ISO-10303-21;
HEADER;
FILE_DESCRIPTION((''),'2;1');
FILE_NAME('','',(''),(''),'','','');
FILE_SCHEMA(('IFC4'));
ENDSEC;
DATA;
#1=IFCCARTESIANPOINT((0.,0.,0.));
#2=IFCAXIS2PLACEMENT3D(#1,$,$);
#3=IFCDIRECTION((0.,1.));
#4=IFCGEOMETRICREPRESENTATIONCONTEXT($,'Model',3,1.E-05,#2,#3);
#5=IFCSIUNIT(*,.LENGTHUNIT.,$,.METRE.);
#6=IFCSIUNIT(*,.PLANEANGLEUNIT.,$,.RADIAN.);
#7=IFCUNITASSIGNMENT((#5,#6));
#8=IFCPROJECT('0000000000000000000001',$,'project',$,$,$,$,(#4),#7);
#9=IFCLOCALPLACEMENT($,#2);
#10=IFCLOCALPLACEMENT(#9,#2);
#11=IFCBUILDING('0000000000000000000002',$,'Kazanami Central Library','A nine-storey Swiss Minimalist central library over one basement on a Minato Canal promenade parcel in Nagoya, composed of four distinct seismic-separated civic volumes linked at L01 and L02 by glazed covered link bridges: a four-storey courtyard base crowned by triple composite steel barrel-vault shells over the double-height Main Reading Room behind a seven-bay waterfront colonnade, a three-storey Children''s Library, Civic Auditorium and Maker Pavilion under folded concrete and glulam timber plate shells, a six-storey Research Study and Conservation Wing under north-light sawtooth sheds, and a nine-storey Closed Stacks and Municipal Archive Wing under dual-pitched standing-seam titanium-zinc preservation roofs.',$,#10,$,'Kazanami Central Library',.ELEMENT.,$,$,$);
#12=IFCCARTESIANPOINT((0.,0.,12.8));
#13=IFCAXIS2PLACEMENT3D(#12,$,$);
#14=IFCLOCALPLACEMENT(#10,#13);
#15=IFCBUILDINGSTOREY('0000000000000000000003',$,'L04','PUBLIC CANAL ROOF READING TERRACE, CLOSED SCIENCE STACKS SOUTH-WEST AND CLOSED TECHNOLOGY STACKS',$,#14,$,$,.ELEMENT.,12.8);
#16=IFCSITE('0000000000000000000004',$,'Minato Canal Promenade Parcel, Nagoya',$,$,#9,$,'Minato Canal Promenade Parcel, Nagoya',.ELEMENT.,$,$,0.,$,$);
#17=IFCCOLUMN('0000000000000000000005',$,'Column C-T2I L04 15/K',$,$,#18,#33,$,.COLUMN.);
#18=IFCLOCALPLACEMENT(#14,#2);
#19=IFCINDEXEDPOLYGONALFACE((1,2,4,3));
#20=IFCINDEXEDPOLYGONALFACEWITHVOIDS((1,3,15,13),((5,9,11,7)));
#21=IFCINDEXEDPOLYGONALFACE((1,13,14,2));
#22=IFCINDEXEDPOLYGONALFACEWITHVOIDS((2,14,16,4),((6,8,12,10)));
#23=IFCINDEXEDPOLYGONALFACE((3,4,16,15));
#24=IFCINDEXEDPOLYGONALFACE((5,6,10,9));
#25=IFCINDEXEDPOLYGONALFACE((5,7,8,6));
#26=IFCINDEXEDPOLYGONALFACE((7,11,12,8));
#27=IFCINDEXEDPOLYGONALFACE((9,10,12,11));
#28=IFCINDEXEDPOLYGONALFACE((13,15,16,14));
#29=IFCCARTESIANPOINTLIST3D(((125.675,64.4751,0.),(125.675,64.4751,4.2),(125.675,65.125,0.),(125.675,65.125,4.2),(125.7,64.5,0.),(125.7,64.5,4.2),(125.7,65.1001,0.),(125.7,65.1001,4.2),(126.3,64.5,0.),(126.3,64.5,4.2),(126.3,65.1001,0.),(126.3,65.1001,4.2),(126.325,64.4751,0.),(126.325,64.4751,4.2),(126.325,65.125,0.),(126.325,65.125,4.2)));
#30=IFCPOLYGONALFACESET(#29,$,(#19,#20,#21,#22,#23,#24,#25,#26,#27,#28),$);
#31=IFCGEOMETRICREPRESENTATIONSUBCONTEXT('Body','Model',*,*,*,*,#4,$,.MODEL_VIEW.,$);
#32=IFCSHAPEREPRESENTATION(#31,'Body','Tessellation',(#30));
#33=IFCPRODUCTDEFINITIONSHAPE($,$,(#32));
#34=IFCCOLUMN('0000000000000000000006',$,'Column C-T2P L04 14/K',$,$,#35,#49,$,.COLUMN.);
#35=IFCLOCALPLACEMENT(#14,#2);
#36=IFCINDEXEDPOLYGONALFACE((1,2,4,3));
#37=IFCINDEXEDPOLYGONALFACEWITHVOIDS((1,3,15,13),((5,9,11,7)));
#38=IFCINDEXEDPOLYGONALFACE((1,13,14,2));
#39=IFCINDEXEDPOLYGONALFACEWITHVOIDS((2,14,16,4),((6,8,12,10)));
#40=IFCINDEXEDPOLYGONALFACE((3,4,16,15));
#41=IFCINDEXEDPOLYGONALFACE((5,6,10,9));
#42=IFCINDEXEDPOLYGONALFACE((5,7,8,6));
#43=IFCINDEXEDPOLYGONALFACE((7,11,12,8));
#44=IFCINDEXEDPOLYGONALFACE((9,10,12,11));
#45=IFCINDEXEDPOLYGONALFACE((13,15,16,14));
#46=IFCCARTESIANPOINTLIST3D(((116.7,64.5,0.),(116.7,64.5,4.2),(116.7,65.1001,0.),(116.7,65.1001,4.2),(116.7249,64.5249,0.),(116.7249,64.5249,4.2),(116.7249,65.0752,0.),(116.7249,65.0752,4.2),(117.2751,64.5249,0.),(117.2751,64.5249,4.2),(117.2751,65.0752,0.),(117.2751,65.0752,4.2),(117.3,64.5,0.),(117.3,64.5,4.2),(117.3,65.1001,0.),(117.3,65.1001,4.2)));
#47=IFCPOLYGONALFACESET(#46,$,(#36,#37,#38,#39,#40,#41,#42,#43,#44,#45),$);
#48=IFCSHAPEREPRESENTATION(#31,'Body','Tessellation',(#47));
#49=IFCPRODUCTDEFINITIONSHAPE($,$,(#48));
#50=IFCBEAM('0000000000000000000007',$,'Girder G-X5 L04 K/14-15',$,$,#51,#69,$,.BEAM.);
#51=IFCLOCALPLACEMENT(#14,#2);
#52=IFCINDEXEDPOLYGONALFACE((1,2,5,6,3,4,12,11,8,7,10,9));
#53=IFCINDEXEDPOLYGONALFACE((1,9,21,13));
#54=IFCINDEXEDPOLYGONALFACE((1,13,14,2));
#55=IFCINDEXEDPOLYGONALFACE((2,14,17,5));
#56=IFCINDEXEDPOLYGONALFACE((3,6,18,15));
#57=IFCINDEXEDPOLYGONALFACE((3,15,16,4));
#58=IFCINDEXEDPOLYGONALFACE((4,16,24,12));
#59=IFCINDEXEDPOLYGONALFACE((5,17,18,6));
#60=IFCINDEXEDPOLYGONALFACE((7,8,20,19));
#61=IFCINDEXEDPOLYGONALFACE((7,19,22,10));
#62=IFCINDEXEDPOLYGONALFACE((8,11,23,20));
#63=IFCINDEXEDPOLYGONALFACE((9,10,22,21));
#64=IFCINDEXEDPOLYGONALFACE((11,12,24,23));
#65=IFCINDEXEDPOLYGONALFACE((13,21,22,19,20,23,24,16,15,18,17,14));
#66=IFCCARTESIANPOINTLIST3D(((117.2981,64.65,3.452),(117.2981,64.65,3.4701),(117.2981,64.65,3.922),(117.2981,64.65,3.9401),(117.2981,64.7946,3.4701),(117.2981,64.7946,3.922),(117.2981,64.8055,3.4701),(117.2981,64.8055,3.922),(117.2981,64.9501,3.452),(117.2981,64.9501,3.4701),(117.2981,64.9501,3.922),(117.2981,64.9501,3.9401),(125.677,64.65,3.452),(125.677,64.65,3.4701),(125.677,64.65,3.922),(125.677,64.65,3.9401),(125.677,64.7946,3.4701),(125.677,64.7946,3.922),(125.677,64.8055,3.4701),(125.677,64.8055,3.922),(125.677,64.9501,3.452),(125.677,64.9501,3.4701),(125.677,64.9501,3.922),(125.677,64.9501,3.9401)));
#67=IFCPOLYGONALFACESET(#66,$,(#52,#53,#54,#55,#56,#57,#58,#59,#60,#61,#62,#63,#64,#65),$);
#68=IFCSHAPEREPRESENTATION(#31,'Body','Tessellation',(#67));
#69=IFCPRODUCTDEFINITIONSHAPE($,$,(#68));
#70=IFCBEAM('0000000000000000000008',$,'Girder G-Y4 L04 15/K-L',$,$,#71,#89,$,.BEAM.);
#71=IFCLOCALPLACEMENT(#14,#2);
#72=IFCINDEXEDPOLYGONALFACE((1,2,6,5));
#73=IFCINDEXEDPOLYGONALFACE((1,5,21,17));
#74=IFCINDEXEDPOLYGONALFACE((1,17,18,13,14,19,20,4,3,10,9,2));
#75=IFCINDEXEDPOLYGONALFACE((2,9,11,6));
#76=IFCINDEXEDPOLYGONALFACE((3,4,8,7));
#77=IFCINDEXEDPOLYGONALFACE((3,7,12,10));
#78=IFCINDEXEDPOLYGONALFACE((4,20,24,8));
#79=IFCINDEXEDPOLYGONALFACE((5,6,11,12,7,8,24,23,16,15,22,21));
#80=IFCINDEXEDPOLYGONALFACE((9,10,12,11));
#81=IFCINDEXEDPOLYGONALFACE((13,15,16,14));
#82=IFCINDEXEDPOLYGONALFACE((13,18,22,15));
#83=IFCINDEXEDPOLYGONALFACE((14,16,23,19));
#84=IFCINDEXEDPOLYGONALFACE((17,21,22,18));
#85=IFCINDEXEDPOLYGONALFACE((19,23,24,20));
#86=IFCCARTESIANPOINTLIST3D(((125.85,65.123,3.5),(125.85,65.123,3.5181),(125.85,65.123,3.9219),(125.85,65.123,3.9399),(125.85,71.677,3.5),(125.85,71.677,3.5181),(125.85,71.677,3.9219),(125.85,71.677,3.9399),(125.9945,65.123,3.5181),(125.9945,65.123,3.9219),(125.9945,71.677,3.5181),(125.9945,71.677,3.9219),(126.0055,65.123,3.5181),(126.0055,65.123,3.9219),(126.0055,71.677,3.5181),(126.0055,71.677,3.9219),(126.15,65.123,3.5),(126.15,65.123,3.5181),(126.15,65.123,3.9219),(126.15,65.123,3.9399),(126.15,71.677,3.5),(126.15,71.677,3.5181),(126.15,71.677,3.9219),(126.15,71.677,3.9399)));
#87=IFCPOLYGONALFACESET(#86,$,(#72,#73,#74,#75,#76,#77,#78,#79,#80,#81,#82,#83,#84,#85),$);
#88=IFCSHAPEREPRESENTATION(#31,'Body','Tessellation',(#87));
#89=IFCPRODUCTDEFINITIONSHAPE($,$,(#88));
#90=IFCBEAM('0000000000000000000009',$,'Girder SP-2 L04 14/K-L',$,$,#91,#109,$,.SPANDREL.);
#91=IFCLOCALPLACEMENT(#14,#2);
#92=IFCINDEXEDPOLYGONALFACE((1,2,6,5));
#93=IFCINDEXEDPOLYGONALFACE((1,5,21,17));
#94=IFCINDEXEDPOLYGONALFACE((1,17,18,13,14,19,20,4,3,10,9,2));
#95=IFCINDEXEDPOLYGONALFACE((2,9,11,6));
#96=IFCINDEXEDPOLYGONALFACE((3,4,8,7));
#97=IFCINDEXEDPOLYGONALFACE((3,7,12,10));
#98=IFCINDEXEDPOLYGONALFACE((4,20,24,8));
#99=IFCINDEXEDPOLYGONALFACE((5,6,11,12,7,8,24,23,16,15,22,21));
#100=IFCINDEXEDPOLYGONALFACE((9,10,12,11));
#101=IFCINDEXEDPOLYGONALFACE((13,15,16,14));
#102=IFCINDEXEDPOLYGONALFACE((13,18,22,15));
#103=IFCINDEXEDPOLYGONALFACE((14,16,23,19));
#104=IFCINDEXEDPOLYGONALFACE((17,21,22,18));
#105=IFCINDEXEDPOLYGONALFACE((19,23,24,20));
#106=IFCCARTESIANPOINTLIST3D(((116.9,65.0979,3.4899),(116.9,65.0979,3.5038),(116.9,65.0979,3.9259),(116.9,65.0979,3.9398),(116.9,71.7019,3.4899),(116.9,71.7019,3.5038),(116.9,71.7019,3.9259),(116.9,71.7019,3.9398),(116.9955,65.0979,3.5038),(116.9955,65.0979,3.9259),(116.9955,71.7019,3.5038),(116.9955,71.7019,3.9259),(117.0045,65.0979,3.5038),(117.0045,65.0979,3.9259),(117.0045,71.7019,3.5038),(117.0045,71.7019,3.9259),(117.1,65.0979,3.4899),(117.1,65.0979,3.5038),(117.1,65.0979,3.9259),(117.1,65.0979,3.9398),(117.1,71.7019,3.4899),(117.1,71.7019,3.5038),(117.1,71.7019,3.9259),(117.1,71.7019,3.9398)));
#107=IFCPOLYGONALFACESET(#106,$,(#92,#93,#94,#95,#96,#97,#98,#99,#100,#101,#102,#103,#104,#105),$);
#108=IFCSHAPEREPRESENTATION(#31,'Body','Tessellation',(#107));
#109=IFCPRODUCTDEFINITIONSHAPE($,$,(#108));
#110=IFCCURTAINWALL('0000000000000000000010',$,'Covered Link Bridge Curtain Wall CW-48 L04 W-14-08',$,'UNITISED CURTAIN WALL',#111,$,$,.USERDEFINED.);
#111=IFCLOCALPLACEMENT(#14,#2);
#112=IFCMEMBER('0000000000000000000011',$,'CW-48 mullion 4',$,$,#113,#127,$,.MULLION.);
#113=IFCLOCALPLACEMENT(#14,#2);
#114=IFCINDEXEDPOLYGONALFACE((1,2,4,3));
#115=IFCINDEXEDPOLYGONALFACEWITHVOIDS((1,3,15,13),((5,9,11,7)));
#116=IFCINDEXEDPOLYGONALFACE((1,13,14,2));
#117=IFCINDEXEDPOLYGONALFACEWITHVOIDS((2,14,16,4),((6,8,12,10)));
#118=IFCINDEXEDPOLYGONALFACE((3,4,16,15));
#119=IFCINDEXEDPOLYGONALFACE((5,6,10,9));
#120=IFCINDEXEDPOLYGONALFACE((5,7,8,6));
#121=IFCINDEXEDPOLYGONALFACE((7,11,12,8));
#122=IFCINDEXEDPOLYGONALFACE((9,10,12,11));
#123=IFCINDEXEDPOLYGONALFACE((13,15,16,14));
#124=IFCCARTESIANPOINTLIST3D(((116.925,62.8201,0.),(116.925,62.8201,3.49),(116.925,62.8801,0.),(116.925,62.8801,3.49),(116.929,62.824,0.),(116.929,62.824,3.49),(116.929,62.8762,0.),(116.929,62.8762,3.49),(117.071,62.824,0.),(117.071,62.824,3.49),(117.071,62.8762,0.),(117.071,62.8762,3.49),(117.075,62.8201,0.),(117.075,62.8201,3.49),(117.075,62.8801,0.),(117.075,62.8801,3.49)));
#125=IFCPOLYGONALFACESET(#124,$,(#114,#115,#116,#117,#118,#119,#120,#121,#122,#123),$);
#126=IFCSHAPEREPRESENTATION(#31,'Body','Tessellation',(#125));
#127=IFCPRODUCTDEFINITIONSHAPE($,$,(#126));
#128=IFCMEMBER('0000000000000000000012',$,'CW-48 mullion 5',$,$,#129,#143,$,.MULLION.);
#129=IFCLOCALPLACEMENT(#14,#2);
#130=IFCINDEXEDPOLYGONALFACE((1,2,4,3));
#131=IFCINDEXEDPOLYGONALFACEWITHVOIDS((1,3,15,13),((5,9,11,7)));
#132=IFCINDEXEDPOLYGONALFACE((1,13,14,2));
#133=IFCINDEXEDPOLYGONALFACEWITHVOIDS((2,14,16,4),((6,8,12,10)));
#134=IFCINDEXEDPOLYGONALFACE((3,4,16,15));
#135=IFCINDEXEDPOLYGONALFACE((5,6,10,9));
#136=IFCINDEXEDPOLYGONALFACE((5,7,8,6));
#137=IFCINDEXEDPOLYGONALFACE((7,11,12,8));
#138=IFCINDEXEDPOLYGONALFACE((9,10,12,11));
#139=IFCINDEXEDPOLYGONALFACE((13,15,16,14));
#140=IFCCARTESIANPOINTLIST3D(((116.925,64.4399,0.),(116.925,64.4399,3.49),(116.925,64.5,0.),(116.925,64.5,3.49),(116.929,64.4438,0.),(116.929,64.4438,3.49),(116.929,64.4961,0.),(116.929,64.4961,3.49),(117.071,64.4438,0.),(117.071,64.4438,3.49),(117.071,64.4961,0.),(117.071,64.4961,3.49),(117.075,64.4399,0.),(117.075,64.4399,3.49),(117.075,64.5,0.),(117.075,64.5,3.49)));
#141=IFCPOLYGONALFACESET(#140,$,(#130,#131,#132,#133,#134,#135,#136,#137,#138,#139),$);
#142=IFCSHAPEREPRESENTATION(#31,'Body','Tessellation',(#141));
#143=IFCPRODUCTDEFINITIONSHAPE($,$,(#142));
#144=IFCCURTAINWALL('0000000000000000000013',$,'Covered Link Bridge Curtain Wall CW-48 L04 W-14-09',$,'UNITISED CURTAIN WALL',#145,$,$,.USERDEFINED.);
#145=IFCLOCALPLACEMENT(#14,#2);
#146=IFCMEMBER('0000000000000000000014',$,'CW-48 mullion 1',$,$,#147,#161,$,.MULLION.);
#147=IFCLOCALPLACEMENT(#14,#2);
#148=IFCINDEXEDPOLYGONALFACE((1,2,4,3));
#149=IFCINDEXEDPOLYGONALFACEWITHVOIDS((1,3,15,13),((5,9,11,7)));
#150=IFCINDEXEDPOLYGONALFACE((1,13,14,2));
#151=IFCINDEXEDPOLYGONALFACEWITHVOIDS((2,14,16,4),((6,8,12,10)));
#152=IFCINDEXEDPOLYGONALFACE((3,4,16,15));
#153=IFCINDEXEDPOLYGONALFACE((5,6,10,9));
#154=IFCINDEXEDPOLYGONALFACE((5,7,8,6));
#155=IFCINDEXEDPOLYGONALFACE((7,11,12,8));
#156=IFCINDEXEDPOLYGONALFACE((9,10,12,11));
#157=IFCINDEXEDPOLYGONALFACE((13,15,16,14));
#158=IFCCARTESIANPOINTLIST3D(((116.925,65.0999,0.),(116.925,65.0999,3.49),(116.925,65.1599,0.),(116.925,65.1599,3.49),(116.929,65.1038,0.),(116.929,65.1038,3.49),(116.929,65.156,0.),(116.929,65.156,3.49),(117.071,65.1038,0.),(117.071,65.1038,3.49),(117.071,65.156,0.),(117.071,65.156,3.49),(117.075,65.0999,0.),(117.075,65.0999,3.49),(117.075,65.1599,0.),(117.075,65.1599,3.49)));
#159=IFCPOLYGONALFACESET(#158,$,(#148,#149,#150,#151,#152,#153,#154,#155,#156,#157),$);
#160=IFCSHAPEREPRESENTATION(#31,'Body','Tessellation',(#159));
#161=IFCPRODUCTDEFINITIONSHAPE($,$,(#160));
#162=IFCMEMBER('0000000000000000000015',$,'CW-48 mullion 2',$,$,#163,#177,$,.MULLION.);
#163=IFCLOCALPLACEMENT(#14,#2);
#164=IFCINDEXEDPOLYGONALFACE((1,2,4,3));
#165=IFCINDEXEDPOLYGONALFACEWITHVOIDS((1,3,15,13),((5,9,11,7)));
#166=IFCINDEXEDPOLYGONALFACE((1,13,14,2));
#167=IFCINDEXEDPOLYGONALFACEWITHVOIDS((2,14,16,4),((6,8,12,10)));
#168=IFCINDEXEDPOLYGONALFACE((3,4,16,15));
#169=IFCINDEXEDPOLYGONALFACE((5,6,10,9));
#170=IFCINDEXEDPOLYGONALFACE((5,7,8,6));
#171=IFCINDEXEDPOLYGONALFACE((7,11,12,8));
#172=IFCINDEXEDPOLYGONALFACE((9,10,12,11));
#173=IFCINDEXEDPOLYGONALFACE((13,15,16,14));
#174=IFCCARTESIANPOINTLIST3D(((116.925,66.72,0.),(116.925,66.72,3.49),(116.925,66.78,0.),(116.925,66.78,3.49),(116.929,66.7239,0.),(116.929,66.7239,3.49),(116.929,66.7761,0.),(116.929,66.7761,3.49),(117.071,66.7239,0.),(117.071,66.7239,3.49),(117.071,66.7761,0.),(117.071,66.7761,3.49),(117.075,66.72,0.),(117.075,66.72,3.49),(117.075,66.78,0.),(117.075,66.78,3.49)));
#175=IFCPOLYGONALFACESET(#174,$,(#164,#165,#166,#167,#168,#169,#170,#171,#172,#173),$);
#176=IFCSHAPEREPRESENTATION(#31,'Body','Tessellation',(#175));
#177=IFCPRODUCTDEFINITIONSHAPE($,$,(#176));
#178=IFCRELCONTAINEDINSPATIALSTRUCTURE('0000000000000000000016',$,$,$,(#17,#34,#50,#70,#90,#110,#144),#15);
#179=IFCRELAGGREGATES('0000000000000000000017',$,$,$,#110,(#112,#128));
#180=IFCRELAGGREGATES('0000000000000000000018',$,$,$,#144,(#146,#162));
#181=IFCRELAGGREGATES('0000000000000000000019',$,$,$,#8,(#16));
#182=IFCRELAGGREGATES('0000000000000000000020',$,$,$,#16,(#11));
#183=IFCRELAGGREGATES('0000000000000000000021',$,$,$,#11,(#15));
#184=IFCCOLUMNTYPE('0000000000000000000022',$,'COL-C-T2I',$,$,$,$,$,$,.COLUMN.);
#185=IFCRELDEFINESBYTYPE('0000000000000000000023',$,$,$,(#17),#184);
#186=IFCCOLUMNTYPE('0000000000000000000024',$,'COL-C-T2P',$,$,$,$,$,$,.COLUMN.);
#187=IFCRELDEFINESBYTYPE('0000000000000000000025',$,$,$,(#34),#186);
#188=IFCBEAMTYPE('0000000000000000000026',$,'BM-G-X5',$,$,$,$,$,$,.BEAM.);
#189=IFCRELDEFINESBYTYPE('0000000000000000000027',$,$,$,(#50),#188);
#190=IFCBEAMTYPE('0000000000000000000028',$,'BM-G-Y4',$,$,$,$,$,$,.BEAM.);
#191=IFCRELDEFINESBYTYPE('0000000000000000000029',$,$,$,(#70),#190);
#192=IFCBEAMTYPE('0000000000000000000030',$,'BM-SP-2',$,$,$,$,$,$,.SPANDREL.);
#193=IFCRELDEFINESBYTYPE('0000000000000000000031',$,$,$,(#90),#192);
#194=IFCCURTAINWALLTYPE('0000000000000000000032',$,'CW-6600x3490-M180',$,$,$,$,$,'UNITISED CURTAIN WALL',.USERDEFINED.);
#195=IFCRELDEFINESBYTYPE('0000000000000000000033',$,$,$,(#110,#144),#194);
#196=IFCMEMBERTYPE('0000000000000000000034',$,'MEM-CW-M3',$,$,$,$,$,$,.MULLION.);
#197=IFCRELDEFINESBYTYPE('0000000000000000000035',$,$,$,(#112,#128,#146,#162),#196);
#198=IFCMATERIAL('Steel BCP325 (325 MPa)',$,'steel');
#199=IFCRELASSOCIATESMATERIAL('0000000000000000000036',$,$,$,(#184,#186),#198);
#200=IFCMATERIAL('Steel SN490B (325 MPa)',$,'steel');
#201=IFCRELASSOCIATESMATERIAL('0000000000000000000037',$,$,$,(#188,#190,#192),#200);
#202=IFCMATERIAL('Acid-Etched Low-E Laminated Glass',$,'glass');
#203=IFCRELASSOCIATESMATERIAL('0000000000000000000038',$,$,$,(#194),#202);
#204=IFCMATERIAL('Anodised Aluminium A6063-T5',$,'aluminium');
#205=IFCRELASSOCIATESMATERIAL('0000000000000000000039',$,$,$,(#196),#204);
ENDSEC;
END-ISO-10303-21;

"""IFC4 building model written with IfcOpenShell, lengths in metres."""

from ifc_helpers import new_model, si_unit, direction, frame, origin, origin_2d, place, context, subcontext, project, spatial, hollow_rectangle, i_section, extrude, material, material_profile, profile_set, type_object, element, aggregate, save


model = new_model("IFC4")

# Units and contexts
model_context = context("Model", 3, precision=1e-05, world=origin(), true_north=direction((0.0, 1.0)))
body_context = subcontext(model_context, "Body", "Model", "MODEL_VIEW")
ifc_project = project(units=[si_unit("LENGTHUNIT", "METRE"), si_unit("PLANEANGLEUNIT", "RADIAN")], contexts=[model_context])

# Site, building, storey
site_placement = place(None, origin())
site = spatial("IfcSite", under=ifc_project, at=site_placement, Name="Minato Canal Promenade Parcel, Nagoya", LongName="Minato Canal Promenade Parcel, Nagoya", CompositionType="ELEMENT", RefElevation=0.0)
building_placement = place(site_placement, origin())
building = spatial("IfcBuilding", under=site, at=building_placement, Name="Kazanami Central Library", Description="A nine-storey Swiss Minimalist central library over one basement on a Minato Canal promenade parcel in Nagoya, composed of four distinct seismic-separated civic volumes linked at L01 and L02 by glazed covered link bridges: a four-storey courtyard base crowned by triple composite steel barrel-vault shells over the double-height Main Reading Room behind a seven-bay waterfront colonnade, a three-storey Children's Library, Civic Auditorium and Maker Pavilion under folded concrete and glulam timber plate shells, a six-storey Research Study and Conservation Wing under north-light sawtooth sheds, and a nine-storey Closed Stacks and Municipal Archive Wing under dual-pitched standing-seam titanium-zinc preservation roofs.", LongName="Kazanami Central Library", CompositionType="ELEMENT")
storey_placement = place(building_placement, frame((0.0, 0.0, 12.8)))
storey = spatial("IfcBuildingStorey", under=building, at=storey_placement, Name="L04", Description="PUBLIC CANAL ROOF READING TERRACE, CLOSED SCIENCE STACKS SOUTH-WEST AND CLOSED TECHNOLOGY STACKS", CompositionType="ELEMENT", Elevation=12.8)

# Columns
ifc_material_1 = material(Name="Steel BCP325 (325 MPa)", Category="steel")
ifc_material_profile_1 = material_profile(ifc_material_1, hollow_rectangle(XDim=0.6499, YDim=0.6499, WallThickness=0.0249, at=origin_2d()), Name="BCP-650x650x25")
ifc_profile_set_1 = profile_set([ifc_material_profile_1], Name="Steel BCP325 (325 MPa)")
column_type_1 = type_object("IfcColumnType", Name="COL-C-T2I", PredefinedType="COLUMN", material=ifc_profile_set_1)
column_1_placement = place(storey_placement, frame((126.0, 64.8, 0.0), z_axis=(0.0, 0.0, 1.0), x_axis=(1.0, 0.0, 0.0)))
element("IfcColumn", 1, at=column_1_placement, inside=storey, type_object=column_type_1, Name="Column C-T2I L04 15/K", PredefinedType="COLUMN", context=body_context, shape_type="SweptSolid", body=[
    extrude(hollow_rectangle(XDim=0.6499, YDim=0.6499, WallThickness=0.0249, at=origin_2d()), origin(), (0.0, 0.0, 1.0), 4.2),
])
ifc_material_profile_2 = material_profile(ifc_material_1, hollow_rectangle(XDim=0.6001, YDim=0.6001, WallThickness=0.0249, at=origin_2d()), Name="BCP-600x600x25")
ifc_profile_set_2 = profile_set([ifc_material_profile_2], Name="Steel BCP325 (325 MPa)")
column_type_2 = type_object("IfcColumnType", Name="COL-C-T2P", PredefinedType="COLUMN", material=ifc_profile_set_2)
column_2_placement = place(storey_placement, frame((117.0, 64.8, 0.0), z_axis=(0.0, 0.0, 1.0), x_axis=(1.0, 0.0, 0.0)))
element("IfcColumn", 2, at=column_2_placement, inside=storey, type_object=column_type_2, Name="Column C-T2P L04 14/K", PredefinedType="COLUMN", context=body_context, shape_type="SweptSolid", body=[
    extrude(hollow_rectangle(XDim=0.6001, YDim=0.6001, WallThickness=0.0249, at=origin_2d()), origin(), (0.0, 0.0, 1.0), 4.2),
])

# Beams
ifc_material_2 = material(Name="Steel SN490B (325 MPa)", Category="steel")
ifc_material_profile_3 = material_profile(ifc_material_2, i_section(OverallWidth=0.3, OverallDepth=0.488, WebThickness=0.011, FlangeThickness=0.0181, at=origin_2d()), Name="H-488x300x11x18")
ifc_profile_set_3 = profile_set([ifc_material_profile_3], Name="Steel SN490B (325 MPa)")
beam_type_1 = type_object("IfcBeamType", Name="BM-G-X5", PredefinedType="BEAM", material=ifc_profile_set_3)
beam_1_placement = place(storey_placement, frame((117.2981, 64.8, 3.696), z_axis=(1.0, 0.0, 0.0), x_axis=(0.0, 1.0, 0.0)))
element("IfcBeam", 3, at=beam_1_placement, inside=storey, type_object=beam_type_1, Name="Girder G-X5 L04 K/14-15", PredefinedType="BEAM", context=body_context, shape_type="SweptSolid", body=[
    extrude(i_section(OverallWidth=0.3, OverallDepth=0.488, WebThickness=0.011, FlangeThickness=0.0181, at=origin_2d()), origin(), (0.0, 0.0, 1.0), 8.3789),
])
ifc_material_profile_4 = material_profile(ifc_material_2, i_section(OverallWidth=0.3, OverallDepth=0.4399, WebThickness=0.011, FlangeThickness=0.0181, at=origin_2d()), Name="H-440x300x11x18")
ifc_profile_set_4 = profile_set([ifc_material_profile_4], Name="Steel SN490B (325 MPa)")
beam_type_2 = type_object("IfcBeamType", Name="BM-G-Y4", PredefinedType="BEAM", material=ifc_profile_set_4)
beam_2_placement = place(storey_placement, frame((126.0, 65.123, 3.72), z_axis=(0.0, 1.0, 0.0), x_axis=(-1.0, 0.0, 0.0)))
element("IfcBeam", 4, at=beam_2_placement, inside=storey, type_object=beam_type_2, Name="Girder G-Y4 L04 15/K-L", PredefinedType="BEAM", context=body_context, shape_type="SweptSolid", body=[
    extrude(i_section(OverallWidth=0.3, OverallDepth=0.4399, WebThickness=0.011, FlangeThickness=0.0181, at=origin_2d()), origin(), (0.0, 0.0, 1.0), 6.554),
])
ifc_material_profile_5 = material_profile(ifc_material_2, i_section(OverallWidth=0.2, OverallDepth=0.45, WebThickness=0.009, FlangeThickness=0.0139, at=origin_2d()), Name="H-450x200x9x14")
ifc_profile_set_5 = profile_set([ifc_material_profile_5], Name="Steel SN490B (325 MPa)")
beam_type_3 = type_object("IfcBeamType", Name="BM-SP-2", PredefinedType="SPANDREL", material=ifc_profile_set_5)
beam_3_placement = place(storey_placement, frame((117.0, 65.0979, 3.7148), z_axis=(0.0, 1.0, 0.0), x_axis=(-1.0, 0.0, 0.0)))
element("IfcBeam", 5, at=beam_3_placement, inside=storey, type_object=beam_type_3, Name="Girder SP-2 L04 14/K-L", PredefinedType="SPANDREL", context=body_context, shape_type="SweptSolid", body=[
    extrude(i_section(OverallWidth=0.2, OverallDepth=0.45, WebThickness=0.009, FlangeThickness=0.0139, at=origin_2d()), origin(), (0.0, 0.0, 1.0), 6.604),
])

# Curtain walls, members
ifc_material_3 = material(Name="Acid-Etched Low-E Laminated Glass", Category="glass")
curtain_wall_type = type_object("IfcCurtainWallType", Name="CW-6600x3490-M180", ElementType="UNITISED CURTAIN WALL", PredefinedType="USERDEFINED", material=ifc_material_3)
curtain_wall_1_placement = place(storey_placement, origin())
curtain_wall_1 = element("IfcCurtainWall", 6, at=curtain_wall_1_placement, inside=storey, type_object=curtain_wall_type, Name="Covered Link Bridge Curtain Wall CW-48 L04 W-14-08", ObjectType="UNITISED CURTAIN WALL", PredefinedType="USERDEFINED")
ifc_material_4 = material(Name="Anodised Aluminium A6063-T5", Category="aluminium")
ifc_material_profile_6 = material_profile(ifc_material_4, hollow_rectangle(XDim=0.0601, YDim=0.1499, WallThickness=0.0039, at=origin_2d()), Name="ALU-MULL-60x150x4")
ifc_profile_set_6 = profile_set([ifc_material_profile_6], Name="Anodised Aluminium A6063-T5")
member_type_1 = type_object("IfcMemberType", Name="MEM-CW-M3", PredefinedType="MULLION", material=ifc_profile_set_6)
member_1_placement = place(storey_placement, frame((117.0, 62.8501, 0.0), z_axis=(0.0, 0.0, 1.0), x_axis=(0.0, 1.0, 0.0)))
member_1 = element("IfcMember", 7, at=member_1_placement, type_object=member_type_1, Name="CW-48 mullion 4", PredefinedType="MULLION", context=body_context, shape_type="SweptSolid", body=[
    extrude(hollow_rectangle(XDim=0.0601, YDim=0.1499, WallThickness=0.0039, at=origin_2d()), origin(), (0.0, 0.0, 1.0), 3.49),
])
member_2_placement = place(storey_placement, frame((117.0, 64.47, 0.0), z_axis=(0.0, 0.0, 1.0), x_axis=(0.0, 1.0, 0.0)))
member_2 = element("IfcMember", 8, at=member_2_placement, type_object=member_type_1, Name="CW-48 mullion 5", PredefinedType="MULLION", context=body_context, shape_type="SweptSolid", body=[
    extrude(hollow_rectangle(XDim=0.0601, YDim=0.1499, WallThickness=0.0039, at=origin_2d()), origin(), (0.0, 0.0, 1.0), 3.49),
])
curtain_wall_2_placement = place(storey_placement, origin())
curtain_wall_2 = element("IfcCurtainWall", 9, at=curtain_wall_2_placement, inside=storey, type_object=curtain_wall_type, Name="Covered Link Bridge Curtain Wall CW-48 L04 W-14-09", ObjectType="UNITISED CURTAIN WALL", PredefinedType="USERDEFINED")
member_3_placement = place(storey_placement, frame((117.0, 65.1299, 0.0), z_axis=(0.0, 0.0, 1.0), x_axis=(0.0, 1.0, 0.0)))
member_3 = element("IfcMember", 10, at=member_3_placement, type_object=member_type_1, Name="CW-48 mullion 1", PredefinedType="MULLION", context=body_context, shape_type="SweptSolid", body=[
    extrude(hollow_rectangle(XDim=0.0601, YDim=0.1499, WallThickness=0.0039, at=origin_2d()), origin(), (0.0, 0.0, 1.0), 3.49),
])
member_4_placement = place(storey_placement, frame((117.0, 66.75, 0.0), z_axis=(0.0, 0.0, 1.0), x_axis=(0.0, 1.0, 0.0)))
member_4 = element("IfcMember", 11, at=member_4_placement, type_object=member_type_1, Name="CW-48 mullion 2", PredefinedType="MULLION", context=body_context, shape_type="SweptSolid", body=[
    extrude(hollow_rectangle(XDim=0.0601, YDim=0.1499, WallThickness=0.0039, at=origin_2d()), origin(), (0.0, 0.0, 1.0), 3.49),
])

aggregate(curtain_wall_1, [member_1, member_2])
aggregate(curtain_wall_2, [member_3, member_4])

save(model, "model.ifc")
